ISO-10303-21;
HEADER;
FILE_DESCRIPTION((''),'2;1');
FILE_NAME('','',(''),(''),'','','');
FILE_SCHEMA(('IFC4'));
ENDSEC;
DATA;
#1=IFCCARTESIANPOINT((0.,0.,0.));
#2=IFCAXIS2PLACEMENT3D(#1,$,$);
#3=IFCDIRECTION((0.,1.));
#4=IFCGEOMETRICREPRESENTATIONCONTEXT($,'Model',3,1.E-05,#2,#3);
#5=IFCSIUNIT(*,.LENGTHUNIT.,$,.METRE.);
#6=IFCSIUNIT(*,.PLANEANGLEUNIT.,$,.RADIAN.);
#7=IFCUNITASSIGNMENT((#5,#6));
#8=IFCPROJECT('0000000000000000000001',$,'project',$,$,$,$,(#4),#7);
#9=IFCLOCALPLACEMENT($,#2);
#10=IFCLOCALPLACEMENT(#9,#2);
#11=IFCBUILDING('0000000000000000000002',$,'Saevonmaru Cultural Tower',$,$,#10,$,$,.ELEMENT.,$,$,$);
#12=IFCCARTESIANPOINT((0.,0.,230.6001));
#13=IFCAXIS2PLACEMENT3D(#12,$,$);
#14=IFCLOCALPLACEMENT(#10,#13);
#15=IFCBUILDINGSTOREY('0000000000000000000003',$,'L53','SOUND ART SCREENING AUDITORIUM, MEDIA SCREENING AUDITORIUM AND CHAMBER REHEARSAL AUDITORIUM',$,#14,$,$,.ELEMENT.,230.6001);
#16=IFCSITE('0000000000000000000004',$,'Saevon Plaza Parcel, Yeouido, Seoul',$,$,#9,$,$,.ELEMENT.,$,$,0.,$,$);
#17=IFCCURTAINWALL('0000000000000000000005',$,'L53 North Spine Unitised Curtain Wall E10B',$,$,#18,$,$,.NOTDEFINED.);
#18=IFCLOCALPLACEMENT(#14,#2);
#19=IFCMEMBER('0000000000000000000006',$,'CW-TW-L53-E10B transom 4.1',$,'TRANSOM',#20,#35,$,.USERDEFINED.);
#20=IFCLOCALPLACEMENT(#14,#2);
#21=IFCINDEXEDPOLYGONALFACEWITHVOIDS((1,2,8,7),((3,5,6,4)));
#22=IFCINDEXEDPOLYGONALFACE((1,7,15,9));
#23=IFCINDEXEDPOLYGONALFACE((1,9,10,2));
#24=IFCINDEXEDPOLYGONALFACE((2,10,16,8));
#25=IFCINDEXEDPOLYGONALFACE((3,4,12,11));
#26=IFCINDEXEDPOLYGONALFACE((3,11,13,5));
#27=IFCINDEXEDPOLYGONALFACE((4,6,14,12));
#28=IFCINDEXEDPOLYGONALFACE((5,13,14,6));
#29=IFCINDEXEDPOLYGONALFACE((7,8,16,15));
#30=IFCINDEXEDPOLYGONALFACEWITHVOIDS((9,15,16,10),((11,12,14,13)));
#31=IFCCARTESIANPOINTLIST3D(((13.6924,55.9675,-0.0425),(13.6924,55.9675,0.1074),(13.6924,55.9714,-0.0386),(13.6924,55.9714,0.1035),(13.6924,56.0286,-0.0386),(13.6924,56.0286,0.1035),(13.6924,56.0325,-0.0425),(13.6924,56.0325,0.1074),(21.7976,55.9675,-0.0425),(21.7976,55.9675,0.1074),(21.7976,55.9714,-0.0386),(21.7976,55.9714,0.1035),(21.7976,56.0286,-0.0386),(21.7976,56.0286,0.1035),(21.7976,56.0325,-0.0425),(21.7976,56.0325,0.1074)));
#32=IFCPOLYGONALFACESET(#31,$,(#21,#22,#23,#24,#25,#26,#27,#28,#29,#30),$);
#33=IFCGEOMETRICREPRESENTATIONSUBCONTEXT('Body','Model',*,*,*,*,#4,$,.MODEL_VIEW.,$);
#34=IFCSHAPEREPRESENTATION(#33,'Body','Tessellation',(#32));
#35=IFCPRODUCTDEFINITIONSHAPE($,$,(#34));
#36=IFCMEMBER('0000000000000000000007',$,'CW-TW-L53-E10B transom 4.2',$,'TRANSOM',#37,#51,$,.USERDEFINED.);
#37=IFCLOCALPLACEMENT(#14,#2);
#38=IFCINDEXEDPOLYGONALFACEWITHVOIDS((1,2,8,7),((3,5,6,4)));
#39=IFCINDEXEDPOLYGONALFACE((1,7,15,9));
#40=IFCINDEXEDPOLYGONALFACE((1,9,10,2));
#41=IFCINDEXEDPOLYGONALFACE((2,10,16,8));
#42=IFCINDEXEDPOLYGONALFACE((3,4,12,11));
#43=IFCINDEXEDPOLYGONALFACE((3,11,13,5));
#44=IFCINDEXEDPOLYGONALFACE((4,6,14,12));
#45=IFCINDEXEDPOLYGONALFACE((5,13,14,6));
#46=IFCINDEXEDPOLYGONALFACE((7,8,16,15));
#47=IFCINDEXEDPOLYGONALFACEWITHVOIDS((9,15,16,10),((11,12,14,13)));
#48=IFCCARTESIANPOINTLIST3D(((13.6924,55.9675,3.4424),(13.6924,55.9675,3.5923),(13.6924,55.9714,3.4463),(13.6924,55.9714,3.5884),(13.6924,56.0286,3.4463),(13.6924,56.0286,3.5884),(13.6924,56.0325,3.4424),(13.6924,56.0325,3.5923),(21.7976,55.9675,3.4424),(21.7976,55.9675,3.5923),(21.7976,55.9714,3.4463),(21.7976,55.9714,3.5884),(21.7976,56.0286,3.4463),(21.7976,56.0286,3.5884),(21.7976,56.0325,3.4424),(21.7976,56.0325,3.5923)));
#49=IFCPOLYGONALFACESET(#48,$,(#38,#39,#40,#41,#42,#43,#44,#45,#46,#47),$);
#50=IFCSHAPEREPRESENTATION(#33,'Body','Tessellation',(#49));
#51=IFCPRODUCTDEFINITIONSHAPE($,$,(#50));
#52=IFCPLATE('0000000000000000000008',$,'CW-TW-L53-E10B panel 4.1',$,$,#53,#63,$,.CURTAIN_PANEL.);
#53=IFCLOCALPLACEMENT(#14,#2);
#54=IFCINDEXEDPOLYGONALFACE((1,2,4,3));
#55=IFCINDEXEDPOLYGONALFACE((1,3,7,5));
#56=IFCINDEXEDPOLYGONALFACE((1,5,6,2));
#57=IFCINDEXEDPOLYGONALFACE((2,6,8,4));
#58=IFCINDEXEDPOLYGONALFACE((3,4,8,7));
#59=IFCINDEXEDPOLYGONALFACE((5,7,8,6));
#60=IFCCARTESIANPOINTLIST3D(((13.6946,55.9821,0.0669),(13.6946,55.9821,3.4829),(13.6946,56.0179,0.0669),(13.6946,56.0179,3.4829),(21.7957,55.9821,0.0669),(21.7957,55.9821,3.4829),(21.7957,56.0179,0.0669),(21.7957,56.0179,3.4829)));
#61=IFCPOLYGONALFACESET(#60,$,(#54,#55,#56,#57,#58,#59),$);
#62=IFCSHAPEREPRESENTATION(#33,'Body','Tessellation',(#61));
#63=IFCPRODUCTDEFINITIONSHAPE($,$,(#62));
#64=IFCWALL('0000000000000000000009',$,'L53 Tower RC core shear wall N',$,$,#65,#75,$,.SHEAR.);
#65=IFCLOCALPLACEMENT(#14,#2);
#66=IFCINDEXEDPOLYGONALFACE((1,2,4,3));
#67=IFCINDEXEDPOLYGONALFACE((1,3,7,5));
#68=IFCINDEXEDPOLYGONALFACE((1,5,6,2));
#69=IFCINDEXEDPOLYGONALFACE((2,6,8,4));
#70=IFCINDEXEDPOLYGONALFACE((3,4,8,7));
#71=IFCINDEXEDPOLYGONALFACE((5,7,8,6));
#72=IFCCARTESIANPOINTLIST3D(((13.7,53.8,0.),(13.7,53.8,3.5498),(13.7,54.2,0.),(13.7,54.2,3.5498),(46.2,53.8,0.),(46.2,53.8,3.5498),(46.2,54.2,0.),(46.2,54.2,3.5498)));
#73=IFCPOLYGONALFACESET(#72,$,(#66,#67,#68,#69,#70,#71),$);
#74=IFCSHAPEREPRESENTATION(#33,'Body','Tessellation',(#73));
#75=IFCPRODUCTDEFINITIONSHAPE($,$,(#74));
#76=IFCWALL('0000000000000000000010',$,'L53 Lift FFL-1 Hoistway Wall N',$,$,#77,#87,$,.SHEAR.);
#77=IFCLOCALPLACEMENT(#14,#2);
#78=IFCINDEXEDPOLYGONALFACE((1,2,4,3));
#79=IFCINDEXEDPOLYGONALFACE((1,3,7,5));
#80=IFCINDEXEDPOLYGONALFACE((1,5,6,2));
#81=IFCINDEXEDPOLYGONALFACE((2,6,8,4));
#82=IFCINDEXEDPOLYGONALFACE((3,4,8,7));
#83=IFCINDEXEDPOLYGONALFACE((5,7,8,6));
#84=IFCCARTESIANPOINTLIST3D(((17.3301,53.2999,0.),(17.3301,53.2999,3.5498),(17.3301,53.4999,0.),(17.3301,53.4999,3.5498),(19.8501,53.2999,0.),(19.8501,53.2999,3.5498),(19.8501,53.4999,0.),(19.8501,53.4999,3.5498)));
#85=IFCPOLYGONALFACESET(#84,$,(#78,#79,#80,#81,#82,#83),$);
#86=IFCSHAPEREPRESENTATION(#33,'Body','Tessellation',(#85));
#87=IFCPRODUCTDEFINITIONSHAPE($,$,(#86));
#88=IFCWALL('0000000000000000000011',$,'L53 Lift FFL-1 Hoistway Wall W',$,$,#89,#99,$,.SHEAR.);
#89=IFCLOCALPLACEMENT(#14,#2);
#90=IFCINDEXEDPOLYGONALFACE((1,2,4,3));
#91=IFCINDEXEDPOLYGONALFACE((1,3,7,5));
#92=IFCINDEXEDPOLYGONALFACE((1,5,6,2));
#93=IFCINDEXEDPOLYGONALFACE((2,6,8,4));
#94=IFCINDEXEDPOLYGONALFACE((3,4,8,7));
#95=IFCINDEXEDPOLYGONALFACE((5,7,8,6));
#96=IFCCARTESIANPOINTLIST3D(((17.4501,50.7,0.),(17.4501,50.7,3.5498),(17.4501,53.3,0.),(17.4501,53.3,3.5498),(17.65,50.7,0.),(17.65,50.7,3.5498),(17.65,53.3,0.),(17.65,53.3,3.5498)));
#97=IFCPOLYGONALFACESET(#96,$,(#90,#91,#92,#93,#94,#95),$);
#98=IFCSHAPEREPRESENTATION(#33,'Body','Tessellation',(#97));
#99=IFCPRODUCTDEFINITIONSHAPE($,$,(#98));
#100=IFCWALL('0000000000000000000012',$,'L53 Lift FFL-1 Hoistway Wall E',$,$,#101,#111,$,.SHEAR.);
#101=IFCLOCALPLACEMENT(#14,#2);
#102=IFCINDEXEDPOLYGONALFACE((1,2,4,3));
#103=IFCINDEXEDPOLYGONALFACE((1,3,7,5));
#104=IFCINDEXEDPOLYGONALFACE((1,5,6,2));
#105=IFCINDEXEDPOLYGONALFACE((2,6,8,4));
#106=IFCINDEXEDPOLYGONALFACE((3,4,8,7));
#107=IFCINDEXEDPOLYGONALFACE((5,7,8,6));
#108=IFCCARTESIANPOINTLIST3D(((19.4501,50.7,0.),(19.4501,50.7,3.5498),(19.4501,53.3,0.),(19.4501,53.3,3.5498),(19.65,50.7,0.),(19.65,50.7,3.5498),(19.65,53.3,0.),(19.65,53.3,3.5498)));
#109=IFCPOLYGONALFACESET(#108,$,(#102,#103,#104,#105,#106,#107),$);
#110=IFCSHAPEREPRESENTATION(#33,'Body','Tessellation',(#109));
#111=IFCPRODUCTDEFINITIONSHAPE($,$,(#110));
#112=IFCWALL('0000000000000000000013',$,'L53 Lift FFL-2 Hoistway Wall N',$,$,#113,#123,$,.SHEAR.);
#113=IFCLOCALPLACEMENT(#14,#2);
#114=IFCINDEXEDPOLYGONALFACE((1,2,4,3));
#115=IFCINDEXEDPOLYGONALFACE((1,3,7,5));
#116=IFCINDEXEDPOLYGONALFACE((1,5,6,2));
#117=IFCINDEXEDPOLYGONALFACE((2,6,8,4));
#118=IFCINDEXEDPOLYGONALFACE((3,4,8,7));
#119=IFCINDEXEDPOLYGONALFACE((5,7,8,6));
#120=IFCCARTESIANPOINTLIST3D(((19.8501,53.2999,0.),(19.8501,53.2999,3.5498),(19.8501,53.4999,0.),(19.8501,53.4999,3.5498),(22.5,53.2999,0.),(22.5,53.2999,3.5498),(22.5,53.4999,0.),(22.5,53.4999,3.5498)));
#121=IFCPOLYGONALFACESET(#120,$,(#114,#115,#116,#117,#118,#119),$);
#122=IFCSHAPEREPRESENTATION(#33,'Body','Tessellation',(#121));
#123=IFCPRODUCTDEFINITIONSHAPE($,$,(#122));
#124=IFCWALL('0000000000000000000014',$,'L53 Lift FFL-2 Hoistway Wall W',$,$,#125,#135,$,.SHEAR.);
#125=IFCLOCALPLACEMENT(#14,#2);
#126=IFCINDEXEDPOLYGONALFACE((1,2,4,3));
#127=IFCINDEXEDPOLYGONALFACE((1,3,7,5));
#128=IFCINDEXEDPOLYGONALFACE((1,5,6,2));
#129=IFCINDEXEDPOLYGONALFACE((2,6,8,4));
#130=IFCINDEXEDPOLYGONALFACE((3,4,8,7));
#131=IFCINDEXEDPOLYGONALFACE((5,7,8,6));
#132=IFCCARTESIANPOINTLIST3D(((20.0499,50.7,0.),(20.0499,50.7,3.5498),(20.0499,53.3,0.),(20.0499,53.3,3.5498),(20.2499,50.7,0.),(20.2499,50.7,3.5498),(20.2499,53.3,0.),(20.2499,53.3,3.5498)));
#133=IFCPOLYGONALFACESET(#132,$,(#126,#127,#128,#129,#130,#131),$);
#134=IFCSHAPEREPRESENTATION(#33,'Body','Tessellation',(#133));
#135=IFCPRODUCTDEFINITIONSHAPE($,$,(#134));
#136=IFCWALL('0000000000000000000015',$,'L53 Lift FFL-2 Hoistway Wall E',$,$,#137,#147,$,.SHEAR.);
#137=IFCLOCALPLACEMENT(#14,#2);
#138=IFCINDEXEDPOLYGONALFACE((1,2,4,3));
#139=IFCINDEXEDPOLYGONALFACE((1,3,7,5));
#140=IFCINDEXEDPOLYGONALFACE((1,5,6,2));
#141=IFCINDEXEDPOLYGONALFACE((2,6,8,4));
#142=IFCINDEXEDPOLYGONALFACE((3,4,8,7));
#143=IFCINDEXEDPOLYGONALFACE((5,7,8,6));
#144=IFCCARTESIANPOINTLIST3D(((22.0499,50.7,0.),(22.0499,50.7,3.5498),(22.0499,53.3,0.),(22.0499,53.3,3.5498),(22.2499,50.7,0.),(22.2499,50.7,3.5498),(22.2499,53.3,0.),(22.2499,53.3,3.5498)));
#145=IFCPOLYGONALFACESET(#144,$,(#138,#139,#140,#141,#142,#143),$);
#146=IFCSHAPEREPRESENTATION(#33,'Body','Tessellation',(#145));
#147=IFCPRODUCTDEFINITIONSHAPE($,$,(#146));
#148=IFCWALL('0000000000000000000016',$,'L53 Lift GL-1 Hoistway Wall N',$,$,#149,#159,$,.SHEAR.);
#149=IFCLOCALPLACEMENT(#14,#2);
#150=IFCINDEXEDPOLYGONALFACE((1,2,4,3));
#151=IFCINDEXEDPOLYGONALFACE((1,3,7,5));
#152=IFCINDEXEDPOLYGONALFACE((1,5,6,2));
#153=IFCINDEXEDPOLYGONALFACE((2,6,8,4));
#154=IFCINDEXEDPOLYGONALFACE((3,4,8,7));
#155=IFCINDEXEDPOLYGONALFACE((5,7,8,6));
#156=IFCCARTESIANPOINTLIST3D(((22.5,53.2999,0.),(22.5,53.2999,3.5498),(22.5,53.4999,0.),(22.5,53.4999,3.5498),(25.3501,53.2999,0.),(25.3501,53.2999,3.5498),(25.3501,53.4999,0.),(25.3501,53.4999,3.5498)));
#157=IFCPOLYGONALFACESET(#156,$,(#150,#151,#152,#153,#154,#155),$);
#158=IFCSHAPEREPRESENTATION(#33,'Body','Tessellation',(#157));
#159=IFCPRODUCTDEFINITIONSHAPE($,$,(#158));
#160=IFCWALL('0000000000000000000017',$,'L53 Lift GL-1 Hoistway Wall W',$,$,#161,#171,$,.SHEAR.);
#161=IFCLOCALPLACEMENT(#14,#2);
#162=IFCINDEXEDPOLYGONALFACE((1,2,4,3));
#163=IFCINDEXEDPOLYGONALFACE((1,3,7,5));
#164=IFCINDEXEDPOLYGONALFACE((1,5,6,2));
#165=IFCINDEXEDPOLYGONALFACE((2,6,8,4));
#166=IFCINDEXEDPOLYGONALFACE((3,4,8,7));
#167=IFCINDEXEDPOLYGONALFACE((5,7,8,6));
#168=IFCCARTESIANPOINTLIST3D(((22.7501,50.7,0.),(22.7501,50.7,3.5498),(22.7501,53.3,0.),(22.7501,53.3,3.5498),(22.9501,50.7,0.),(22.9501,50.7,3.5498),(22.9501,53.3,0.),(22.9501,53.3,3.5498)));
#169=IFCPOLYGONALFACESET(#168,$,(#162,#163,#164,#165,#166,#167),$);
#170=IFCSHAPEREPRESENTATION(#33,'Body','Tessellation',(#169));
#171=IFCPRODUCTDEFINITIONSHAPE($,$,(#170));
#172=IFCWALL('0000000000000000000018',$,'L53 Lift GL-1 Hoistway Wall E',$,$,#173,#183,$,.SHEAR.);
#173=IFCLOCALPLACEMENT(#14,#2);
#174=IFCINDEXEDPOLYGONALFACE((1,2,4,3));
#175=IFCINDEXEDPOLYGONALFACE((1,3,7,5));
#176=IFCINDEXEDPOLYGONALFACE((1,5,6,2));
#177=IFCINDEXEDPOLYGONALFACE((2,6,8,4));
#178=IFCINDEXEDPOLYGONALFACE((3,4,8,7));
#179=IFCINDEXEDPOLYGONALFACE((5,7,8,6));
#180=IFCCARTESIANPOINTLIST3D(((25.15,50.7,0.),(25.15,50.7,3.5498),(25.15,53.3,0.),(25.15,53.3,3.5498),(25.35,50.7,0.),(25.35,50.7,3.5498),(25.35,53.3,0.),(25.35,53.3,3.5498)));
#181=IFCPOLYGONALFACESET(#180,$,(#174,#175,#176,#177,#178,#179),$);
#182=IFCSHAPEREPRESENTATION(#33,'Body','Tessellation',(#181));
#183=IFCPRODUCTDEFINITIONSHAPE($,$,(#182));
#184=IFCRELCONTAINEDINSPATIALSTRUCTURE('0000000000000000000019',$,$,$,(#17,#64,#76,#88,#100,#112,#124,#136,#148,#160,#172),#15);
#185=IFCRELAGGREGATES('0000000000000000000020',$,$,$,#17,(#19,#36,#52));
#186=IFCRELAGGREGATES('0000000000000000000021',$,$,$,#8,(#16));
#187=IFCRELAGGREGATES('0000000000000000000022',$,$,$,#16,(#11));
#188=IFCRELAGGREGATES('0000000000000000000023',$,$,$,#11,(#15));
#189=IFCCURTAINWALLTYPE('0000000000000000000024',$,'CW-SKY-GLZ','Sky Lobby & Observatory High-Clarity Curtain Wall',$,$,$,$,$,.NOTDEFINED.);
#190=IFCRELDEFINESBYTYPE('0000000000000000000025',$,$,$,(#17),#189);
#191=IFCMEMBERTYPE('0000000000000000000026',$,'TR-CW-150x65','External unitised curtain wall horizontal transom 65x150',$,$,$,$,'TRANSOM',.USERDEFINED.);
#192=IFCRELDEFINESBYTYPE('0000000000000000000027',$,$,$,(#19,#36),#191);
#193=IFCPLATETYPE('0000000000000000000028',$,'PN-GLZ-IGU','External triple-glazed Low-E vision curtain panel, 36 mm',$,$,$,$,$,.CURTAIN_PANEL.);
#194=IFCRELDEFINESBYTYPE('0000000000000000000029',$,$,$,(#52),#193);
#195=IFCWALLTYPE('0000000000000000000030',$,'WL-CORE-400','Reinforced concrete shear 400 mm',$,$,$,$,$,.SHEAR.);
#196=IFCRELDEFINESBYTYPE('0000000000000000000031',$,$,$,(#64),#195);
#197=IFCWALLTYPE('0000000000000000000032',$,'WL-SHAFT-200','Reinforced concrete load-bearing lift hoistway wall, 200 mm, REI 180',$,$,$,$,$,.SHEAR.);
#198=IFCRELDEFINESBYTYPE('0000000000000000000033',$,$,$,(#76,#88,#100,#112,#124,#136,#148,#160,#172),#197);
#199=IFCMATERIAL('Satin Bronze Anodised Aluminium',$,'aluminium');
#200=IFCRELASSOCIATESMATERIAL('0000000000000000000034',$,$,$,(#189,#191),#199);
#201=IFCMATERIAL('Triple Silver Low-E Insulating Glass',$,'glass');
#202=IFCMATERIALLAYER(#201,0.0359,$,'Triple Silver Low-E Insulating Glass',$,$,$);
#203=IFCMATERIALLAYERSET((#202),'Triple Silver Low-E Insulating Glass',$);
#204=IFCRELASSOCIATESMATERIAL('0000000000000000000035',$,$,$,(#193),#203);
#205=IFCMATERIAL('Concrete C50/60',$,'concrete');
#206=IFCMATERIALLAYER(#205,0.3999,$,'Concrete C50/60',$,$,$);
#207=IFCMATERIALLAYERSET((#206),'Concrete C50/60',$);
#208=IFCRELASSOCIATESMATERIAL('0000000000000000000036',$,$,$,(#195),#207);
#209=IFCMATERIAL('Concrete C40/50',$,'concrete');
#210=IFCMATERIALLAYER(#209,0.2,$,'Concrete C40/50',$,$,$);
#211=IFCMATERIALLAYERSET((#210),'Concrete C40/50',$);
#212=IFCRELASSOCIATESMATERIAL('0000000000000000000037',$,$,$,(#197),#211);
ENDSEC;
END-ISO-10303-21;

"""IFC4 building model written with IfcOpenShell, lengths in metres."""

from ifc_helpers import new_model, si_unit, direction, frame, frame_2d, origin, origin_2d, place, context, subcontext, project, spatial, rectangle, hollow_rectangle, extrude, material, layer, layer_set, material_profile, profile_set, type_object, element, aggregate, save


model = new_model("IFC4")

# Units and contexts
model_context = context("Model", 3, precision=1e-05, world=origin(), true_north=direction((0.0, 1.0)))
body_context = subcontext(model_context, "Body", "Model", "MODEL_VIEW")
ifc_project = project(units=[si_unit("LENGTHUNIT", "METRE"), si_unit("PLANEANGLEUNIT", "RADIAN")], contexts=[model_context])

# Site, building, storey
site_placement = place(None, origin())
site = spatial("IfcSite", under=ifc_project, at=site_placement, Name="Saevon Plaza Parcel, Yeouido, Seoul", CompositionType="ELEMENT", RefElevation=0.0)
building_placement = place(site_placement, origin())
building = spatial("IfcBuilding", under=site, at=building_placement, Name="Saevonmaru Cultural Tower", CompositionType="ELEMENT")
storey_placement = place(building_placement, frame((0.0, 0.0, 230.6001)))
storey = spatial("IfcBuildingStorey", under=building, at=storey_placement, Name="L53", Description="SOUND ART SCREENING AUDITORIUM, MEDIA SCREENING AUDITORIUM AND CHAMBER REHEARSAL AUDITORIUM", CompositionType="ELEMENT", Elevation=230.6001)

# Curtain wall
ifc_material_1 = material(Name="Satin Bronze Anodised Aluminium", Category="aluminium")
curtain_wall_type = type_object("IfcCurtainWallType", Name="CW-SKY-GLZ", Description="Sky Lobby & Observatory High-Clarity Curtain Wall", PredefinedType="NOTDEFINED", material=ifc_material_1)
curtain_wall_1_placement = place(storey_placement, origin())
curtain_wall_1 = element("IfcCurtainWall", 1, at=curtain_wall_1_placement, inside=storey, type_object=curtain_wall_type, Name="L53 North Spine Unitised Curtain Wall E10B", PredefinedType="NOTDEFINED")

# Members
ifc_material_profile_1 = material_profile(ifc_material_1, hollow_rectangle(XDim=0.0649, YDim=0.1499, WallThickness=0.0039, at=origin_2d()), Name="ALU-TRAN-150x65x4")
ifc_profile_set_1 = profile_set([ifc_material_profile_1], Name="Satin Bronze Anodised Aluminium")
member_type_1 = type_object("IfcMemberType", Name="TR-CW-150x65", Description="External unitised curtain wall horizontal transom 65x150", ElementType="TRANSOM", PredefinedType="USERDEFINED", material=ifc_profile_set_1)
member_1_placement = place(storey_placement, frame((21.7976, 56.0, 0.0325), z_axis=(-1.0, 0.0, 0.0), x_axis=(0.0, -1.0, 0.0)))
member_1 = element("IfcMember", 2, at=member_1_placement, type_object=member_type_1, Name="CW-TW-L53-E10B transom 4.1", ObjectType="TRANSOM", PredefinedType="USERDEFINED", context=body_context, shape_type="SweptSolid", body=[
    extrude(hollow_rectangle(XDim=0.0649, YDim=0.1499, WallThickness=0.0039, at=origin_2d()), origin(), (0.0, 0.0, 1.0), 8.1052),
])
member_2_placement = place(storey_placement, frame((21.7976, 56.0, 3.5173), z_axis=(-1.0, 0.0, 0.0), x_axis=(0.0, -1.0, 0.0)))
member_2 = element("IfcMember", 3, at=member_2_placement, type_object=member_type_1, Name="CW-TW-L53-E10B transom 4.2", ObjectType="TRANSOM", PredefinedType="USERDEFINED", context=body_context, shape_type="SweptSolid", body=[
    extrude(hollow_rectangle(XDim=0.0649, YDim=0.1499, WallThickness=0.0039, at=origin_2d()), origin(), (0.0, 0.0, 1.0), 8.1052),
])

# Plate
ifc_material_2 = material(Name="Triple Silver Low-E Insulating Glass", Category="glass")
ifc_layer_1 = layer(ifc_material_2, 0.0359, Name="Triple Silver Low-E Insulating Glass")
ifc_layer_set_1 = layer_set([ifc_layer_1], Name="Triple Silver Low-E Insulating Glass")
plate_type = type_object("IfcPlateType", Name="PN-GLZ-IGU", Description="External triple-glazed Low-E vision curtain panel, 36 mm", PredefinedType="CURTAIN_PANEL", material=ifc_layer_set_1)
plate_placement = place(storey_placement, frame((17.7451, 56.0, 0.0669), z_axis=(0.0, 0.0, 1.0), x_axis=(-1.0, 0.0, 0.0)))
plate = element("IfcPlate", 4, at=plate_placement, type_object=plate_type, Name="CW-TW-L53-E10B panel 4.1", PredefinedType="CURTAIN_PANEL", context=body_context, shape_type="SweptSolid", body=[
    extrude(rectangle(XDim=8.1011, YDim=0.0359, at=origin_2d()), origin(), (0.0, 0.0, 1.0), 3.416),
])
aggregate(curtain_wall_1, [member_1, member_2, plate])

# Walls
ifc_material_3 = material(Name="Concrete C50/60", Category="concrete")
ifc_layer_2 = layer(ifc_material_3, 0.3999, Name="Concrete C50/60")
ifc_layer_set_2 = layer_set([ifc_layer_2], Name="Concrete C50/60")
wall_type_1 = type_object("IfcWallType", Name="WL-CORE-400", Description="Reinforced concrete shear 400 mm", PredefinedType="SHEAR", material=ifc_layer_set_2)
wall_1_placement = place(storey_placement, frame((13.7, 54.0, 0.0), z_axis=(0.0, 0.0, 1.0), x_axis=(1.0, 0.0, 0.0)))
element("IfcWall", 5, at=wall_1_placement, inside=storey, type_object=wall_type_1, Name="L53 Tower RC core shear wall N", PredefinedType="SHEAR", context=body_context, shape_type="SweptSolid", body=[
    extrude(rectangle(XDim=32.5, YDim=0.3999, at=frame_2d((16.25, 0.0))), origin(), (0.0, 0.0, 1.0), 3.5498),
])
ifc_material_4 = material(Name="Concrete C40/50", Category="concrete")
ifc_layer_3 = layer(ifc_material_4, 0.2, Name="Concrete C40/50")
ifc_layer_set_3 = layer_set([ifc_layer_3], Name="Concrete C40/50")
wall_type_2 = type_object("IfcWallType", Name="WL-SHAFT-200", Description="Reinforced concrete load-bearing lift hoistway wall, 200 mm, REI 180", PredefinedType="SHEAR", material=ifc_layer_set_3)
wall_2_placement = place(storey_placement, frame((17.3301, 53.3999, 0.0), z_axis=(0.0, 0.0, 1.0), x_axis=(1.0, 0.0, 0.0)))
element("IfcWall", 6, at=wall_2_placement, inside=storey, type_object=wall_type_2, Name="L53 Lift FFL-1 Hoistway Wall N", PredefinedType="SHEAR", context=body_context, shape_type="SweptSolid", body=[
    extrude(rectangle(XDim=2.52, YDim=0.2, at=frame_2d((1.26, 0.0))), origin(), (0.0, 0.0, 1.0), 3.5498),
])
for number, where, z_axis, x_axis, name in (
    (7, (17.55, 50.7, 0.0), (0.0, 0.0, 1.0), (0.0, 1.0, 0.0), "L53 Lift FFL-1 Hoistway Wall W"),
    (8, (19.55, 50.7, 0.0), (0.0, 0.0, 1.0), (0.0, 1.0, 0.0), "L53 Lift FFL-1 Hoistway Wall E"),
):
    element("IfcWall", number, at=place(storey_placement, frame(where, z_axis=z_axis, x_axis=x_axis)), inside=storey, type_object=wall_type_2, Name=name, PredefinedType="SHEAR", context=body_context, shape_type="SweptSolid", body=[
        extrude(rectangle(XDim=2.6001, YDim=0.2, at=frame_2d((1.3, 0.0))), origin(), (0.0, 0.0, 1.0), 3.5498),
    ])
wall_3_placement = place(storey_placement, frame((19.8501, 53.3999, 0.0), z_axis=(0.0, 0.0, 1.0), x_axis=(1.0, 0.0, 0.0)))
element("IfcWall", 9, at=wall_3_placement, inside=storey, type_object=wall_type_2, Name="L53 Lift FFL-2 Hoistway Wall N", PredefinedType="SHEAR", context=body_context, shape_type="SweptSolid", body=[
    extrude(rectangle(XDim=2.6499, YDim=0.2, at=frame_2d((1.325, 0.0))), origin(), (0.0, 0.0, 1.0), 3.5498),
])
for number, where, z_axis, x_axis, name in (
    (10, (20.1499, 50.7, 0.0), (0.0, 0.0, 1.0), (0.0, 1.0, 0.0), "L53 Lift FFL-2 Hoistway Wall W"),
    (11, (22.1499, 50.7, 0.0), (0.0, 0.0, 1.0), (0.0, 1.0, 0.0), "L53 Lift FFL-2 Hoistway Wall E"),
):
    element("IfcWall", number, at=place(storey_placement, frame(where, z_axis=z_axis, x_axis=x_axis)), inside=storey, type_object=wall_type_2, Name=name, PredefinedType="SHEAR", context=body_context, shape_type="SweptSolid", body=[
        extrude(rectangle(XDim=2.6001, YDim=0.2, at=frame_2d((1.3, 0.0))), origin(), (0.0, 0.0, 1.0), 3.5498),
    ])
wall_4_placement = place(storey_placement, frame((22.5, 53.3999, 0.0), z_axis=(0.0, 0.0, 1.0), x_axis=(1.0, 0.0, 0.0)))
element("IfcWall", 12, at=wall_4_placement, inside=storey, type_object=wall_type_2, Name="L53 Lift GL-1 Hoistway Wall N", PredefinedType="SHEAR", context=body_context, shape_type="SweptSolid", body=[
    extrude(rectangle(XDim=2.8501, YDim=0.2, at=frame_2d((1.425, 0.0))), origin(), (0.0, 0.0, 1.0), 3.5498),
])
for number, where, z_axis, x_axis, name in (
    (13, (22.8501, 50.7, 0.0), (0.0, 0.0, 1.0), (0.0, 1.0, 0.0), "L53 Lift GL-1 Hoistway Wall W"),
    (14, (25.25, 50.7, 0.0), (0.0, 0.0, 1.0), (0.0, 1.0, 0.0), "L53 Lift GL-1 Hoistway Wall E"),
):
    element("IfcWall", number, at=place(storey_placement, frame(where, z_axis=z_axis, x_axis=x_axis)), inside=storey, type_object=wall_type_2, Name=name, PredefinedType="SHEAR", context=body_context, shape_type="SweptSolid", body=[
        extrude(rectangle(XDim=2.6001, YDim=0.2, at=frame_2d((1.3, 0.0))), origin(), (0.0, 0.0, 1.0), 3.5498),
    ])

save(model, "model.ifc")
